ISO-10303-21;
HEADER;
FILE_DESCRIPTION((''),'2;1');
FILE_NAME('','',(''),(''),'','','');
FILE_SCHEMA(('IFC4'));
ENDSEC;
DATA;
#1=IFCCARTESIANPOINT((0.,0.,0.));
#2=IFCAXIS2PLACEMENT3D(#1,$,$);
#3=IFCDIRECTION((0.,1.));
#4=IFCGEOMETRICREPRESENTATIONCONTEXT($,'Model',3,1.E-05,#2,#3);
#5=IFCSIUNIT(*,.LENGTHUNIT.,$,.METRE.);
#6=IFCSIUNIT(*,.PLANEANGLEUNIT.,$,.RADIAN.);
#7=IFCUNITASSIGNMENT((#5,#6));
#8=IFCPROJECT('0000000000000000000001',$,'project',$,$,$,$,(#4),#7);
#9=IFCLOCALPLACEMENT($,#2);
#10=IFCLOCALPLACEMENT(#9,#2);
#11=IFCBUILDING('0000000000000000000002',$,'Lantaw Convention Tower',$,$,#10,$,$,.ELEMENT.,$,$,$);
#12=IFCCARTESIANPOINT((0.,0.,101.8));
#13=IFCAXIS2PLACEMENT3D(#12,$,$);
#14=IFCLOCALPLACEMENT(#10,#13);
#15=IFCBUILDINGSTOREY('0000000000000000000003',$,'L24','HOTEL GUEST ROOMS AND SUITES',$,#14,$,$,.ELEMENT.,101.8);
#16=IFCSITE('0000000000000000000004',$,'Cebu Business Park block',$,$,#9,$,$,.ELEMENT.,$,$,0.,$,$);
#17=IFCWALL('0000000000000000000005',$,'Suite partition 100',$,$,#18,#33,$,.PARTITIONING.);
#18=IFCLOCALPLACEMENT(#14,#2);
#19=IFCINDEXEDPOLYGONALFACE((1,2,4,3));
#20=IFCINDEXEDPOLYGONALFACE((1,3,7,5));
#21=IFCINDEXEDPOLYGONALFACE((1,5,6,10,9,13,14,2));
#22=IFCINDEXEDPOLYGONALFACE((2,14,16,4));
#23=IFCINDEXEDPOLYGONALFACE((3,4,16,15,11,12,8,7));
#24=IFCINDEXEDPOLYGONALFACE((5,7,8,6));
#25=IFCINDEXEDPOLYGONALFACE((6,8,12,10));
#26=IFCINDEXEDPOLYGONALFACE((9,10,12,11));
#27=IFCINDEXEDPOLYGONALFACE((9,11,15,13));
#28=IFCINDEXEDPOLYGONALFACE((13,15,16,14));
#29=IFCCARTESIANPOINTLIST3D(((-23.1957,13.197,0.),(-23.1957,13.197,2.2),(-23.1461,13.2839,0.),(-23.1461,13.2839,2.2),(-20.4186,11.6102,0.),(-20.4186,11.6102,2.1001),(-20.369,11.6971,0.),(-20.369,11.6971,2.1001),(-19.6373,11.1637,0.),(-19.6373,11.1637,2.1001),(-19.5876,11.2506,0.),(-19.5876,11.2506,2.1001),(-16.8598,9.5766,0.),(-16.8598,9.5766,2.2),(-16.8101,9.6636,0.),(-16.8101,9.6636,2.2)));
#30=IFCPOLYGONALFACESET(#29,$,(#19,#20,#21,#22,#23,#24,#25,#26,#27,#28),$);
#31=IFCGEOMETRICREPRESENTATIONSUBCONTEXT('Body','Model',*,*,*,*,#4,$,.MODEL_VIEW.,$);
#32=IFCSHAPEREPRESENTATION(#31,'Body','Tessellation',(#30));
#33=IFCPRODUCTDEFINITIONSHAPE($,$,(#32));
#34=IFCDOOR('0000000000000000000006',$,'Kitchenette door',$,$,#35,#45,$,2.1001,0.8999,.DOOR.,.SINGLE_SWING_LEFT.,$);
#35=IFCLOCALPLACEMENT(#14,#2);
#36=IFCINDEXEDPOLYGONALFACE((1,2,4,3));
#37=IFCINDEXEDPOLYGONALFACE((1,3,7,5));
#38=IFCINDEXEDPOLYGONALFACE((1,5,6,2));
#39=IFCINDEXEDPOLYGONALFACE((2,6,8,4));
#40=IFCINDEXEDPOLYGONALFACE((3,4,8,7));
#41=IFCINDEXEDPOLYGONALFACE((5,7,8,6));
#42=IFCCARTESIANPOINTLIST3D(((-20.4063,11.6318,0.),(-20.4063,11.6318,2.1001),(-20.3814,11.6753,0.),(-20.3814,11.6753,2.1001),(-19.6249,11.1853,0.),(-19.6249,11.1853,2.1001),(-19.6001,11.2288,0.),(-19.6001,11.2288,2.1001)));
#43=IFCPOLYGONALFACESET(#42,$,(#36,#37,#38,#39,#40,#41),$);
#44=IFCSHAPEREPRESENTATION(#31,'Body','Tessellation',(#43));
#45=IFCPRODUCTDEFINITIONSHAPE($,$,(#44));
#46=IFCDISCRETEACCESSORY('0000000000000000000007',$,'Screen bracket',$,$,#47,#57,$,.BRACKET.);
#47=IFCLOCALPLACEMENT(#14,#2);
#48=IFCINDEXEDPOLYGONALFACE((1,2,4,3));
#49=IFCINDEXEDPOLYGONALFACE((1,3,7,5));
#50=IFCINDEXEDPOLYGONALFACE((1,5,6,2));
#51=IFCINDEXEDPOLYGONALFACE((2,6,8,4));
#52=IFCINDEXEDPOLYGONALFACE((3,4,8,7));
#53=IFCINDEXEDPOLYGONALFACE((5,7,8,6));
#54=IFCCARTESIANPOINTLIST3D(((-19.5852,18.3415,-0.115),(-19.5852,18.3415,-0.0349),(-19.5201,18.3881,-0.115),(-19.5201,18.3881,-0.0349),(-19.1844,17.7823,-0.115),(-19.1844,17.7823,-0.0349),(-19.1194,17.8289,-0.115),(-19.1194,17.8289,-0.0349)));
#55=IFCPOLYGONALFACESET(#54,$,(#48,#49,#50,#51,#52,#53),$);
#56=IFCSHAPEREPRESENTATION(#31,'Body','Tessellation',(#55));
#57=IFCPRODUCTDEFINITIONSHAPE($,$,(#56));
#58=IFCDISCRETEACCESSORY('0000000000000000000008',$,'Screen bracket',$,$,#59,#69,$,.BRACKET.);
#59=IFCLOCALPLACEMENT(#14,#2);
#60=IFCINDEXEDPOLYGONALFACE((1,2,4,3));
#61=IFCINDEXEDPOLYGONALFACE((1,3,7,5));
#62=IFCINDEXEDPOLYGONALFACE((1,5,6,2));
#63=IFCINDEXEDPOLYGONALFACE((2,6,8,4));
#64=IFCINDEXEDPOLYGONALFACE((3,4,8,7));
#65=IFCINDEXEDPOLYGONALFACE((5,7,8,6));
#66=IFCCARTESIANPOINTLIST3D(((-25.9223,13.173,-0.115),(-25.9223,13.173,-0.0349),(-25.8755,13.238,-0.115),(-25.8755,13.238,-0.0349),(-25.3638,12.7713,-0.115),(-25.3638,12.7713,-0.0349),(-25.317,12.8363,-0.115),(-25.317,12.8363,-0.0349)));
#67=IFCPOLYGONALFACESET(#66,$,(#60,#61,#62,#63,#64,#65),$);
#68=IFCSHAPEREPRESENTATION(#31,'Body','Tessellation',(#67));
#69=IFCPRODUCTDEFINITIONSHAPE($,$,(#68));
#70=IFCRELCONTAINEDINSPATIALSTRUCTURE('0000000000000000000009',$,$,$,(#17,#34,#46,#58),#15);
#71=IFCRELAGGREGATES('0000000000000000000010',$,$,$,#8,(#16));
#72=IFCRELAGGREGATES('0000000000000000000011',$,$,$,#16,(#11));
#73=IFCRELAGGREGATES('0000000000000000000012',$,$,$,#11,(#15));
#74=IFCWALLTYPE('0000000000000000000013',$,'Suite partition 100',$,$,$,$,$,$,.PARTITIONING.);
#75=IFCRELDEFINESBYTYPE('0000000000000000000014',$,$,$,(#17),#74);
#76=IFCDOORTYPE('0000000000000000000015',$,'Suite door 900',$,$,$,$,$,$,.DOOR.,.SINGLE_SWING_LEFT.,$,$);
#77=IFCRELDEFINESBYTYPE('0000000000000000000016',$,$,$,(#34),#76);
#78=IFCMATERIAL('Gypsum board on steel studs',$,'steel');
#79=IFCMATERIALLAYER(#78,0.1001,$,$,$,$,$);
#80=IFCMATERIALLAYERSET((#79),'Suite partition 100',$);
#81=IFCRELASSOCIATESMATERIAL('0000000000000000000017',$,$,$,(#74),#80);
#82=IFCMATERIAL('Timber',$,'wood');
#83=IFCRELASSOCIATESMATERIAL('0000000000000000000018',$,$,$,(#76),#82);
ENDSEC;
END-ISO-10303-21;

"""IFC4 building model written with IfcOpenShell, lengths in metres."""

from ifc_helpers import new_model, si_unit, direction, frame, frame_2d, origin, origin_2d, place, context, subcontext, project, spatial, rectangle, extrude, material, layer, layer_set, type_object, element, fill, save


model = new_model("IFC4")

# Units and contexts
model_context = context("Model", 3, precision=1e-05, world=origin(), true_north=direction((0.0, 1.0)))
body_context = subcontext(model_context, "Body", "Model", "MODEL_VIEW")
ifc_project = project(units=[si_unit("LENGTHUNIT", "METRE"), si_unit("PLANEANGLEUNIT", "RADIAN")], contexts=[model_context])

# Site, building, storey
site_placement = place(None, origin())
site = spatial("IfcSite", under=ifc_project, at=site_placement, Name="Cebu Business Park block", CompositionType="ELEMENT", RefElevation=0.0)
building_placement = place(site_placement, origin())
building = spatial("IfcBuilding", under=site, at=building_placement, Name="Lantaw Convention Tower", CompositionType="ELEMENT")
storey_placement = place(building_placement, frame((0.0, 0.0, 101.8)))
storey = spatial("IfcBuildingStorey", under=building, at=storey_placement, Name="L24", Description="HOTEL GUEST ROOMS AND SUITES", CompositionType="ELEMENT", Elevation=101.8)

# Wall, opening, door
ifc_material_1 = material(Name="Gypsum board on steel studs", Category="steel")
ifc_layer_1 = layer(ifc_material_1, 0.1001)
ifc_layer_set_1 = layer_set([ifc_layer_1], Name="Suite partition 100")
wall_type_1 = type_object("IfcWallType", Name="Suite partition 100", PredefinedType="PARTITIONING", material=ifc_layer_set_1)
wall_1_placement = place(storey_placement, frame((-23.1709, 13.2405, 0.0), z_axis=(0.0, 0.0, 1.0), x_axis=(0.868253, -0.496121, 0.0)))
wall_1 = element("IfcWall", 1, at=wall_1_placement, inside=storey, type_object=wall_type_1, Name="Suite partition 100", PredefinedType="PARTITIONING", context=body_context, shape_type="SweptSolid", body=[
    extrude(rectangle(XDim=7.2974, YDim=0.1001, at=frame_2d((3.6487, 0.0))), origin(), (0.0, 0.0, 1.0), 2.2),
])
opening_1_placement = place(wall_1_placement, frame((3.1985, 0.0, 0.0)))
opening_1 = element("IfcOpeningElement", 2, at=opening_1_placement, cuts=wall_1, PredefinedType="OPENING", context=body_context, shape_type="SweptSolid", body=[
    extrude(rectangle(XDim=0.8999, YDim=2.1001, at=frame_2d((0.45, 1.05))), frame((0.0, 0.0601, 0.0), z_axis=(0.0, -1.0, 0.0), x_axis=(1.0, 0.0, 0.0)), (0.0, 0.0, 1.0), 0.1201),
])
ifc_material_2 = material(Name="Timber", Category="wood")
door_type = type_object("IfcDoorType", Name="Suite door 900", OperationType="SINGLE_SWING_LEFT", PredefinedType="DOOR", material=ifc_material_2)
door_placement = place(opening_1_placement, origin())
door = element("IfcDoor", 3, at=door_placement, inside=storey, type_object=door_type, Name="Kitchenette door", OperationType="SINGLE_SWING_LEFT", OverallHeight=2.1001, OverallWidth=0.8999, PredefinedType="DOOR", context=body_context, shape_type="SweptSolid", body=[
    extrude(rectangle(XDim=0.8999, YDim=2.1001, at=frame_2d((0.45, 1.05))), frame((0.0, 0.0249, 0.0), z_axis=(0.0, -1.0, 0.0), x_axis=(1.0, 0.0, 0.0)), (0.0, 0.0, 1.0), 0.05),
])
fill(opening_1, door)

# Discrete accessories
for number, where, z_axis, x_axis, name in (
    (4, (-19.3523, 18.0852, -0.115), (0.0, 0.0, 1.0), (-0.812804, -0.582538, 0.0), "Screen bracket"),
    (5, (-25.6196, 13.0046, -0.115), (0.0, 0.0, 1.0), (-0.583951, -0.811789, 0.0), "Screen bracket"),
):
    element("IfcDiscreteAccessory", number, at=place(storey_placement, frame(where, z_axis=z_axis, x_axis=x_axis)), inside=storey, Name=name, PredefinedType="BRACKET", context=body_context, shape_type="SweptSolid", body=[
        extrude(rectangle(XDim=0.0801, YDim=0.688, at=origin_2d()), origin(), (0.0, 0.0, 1.0), 0.0801),
    ])

save(model, "model.ifc")
